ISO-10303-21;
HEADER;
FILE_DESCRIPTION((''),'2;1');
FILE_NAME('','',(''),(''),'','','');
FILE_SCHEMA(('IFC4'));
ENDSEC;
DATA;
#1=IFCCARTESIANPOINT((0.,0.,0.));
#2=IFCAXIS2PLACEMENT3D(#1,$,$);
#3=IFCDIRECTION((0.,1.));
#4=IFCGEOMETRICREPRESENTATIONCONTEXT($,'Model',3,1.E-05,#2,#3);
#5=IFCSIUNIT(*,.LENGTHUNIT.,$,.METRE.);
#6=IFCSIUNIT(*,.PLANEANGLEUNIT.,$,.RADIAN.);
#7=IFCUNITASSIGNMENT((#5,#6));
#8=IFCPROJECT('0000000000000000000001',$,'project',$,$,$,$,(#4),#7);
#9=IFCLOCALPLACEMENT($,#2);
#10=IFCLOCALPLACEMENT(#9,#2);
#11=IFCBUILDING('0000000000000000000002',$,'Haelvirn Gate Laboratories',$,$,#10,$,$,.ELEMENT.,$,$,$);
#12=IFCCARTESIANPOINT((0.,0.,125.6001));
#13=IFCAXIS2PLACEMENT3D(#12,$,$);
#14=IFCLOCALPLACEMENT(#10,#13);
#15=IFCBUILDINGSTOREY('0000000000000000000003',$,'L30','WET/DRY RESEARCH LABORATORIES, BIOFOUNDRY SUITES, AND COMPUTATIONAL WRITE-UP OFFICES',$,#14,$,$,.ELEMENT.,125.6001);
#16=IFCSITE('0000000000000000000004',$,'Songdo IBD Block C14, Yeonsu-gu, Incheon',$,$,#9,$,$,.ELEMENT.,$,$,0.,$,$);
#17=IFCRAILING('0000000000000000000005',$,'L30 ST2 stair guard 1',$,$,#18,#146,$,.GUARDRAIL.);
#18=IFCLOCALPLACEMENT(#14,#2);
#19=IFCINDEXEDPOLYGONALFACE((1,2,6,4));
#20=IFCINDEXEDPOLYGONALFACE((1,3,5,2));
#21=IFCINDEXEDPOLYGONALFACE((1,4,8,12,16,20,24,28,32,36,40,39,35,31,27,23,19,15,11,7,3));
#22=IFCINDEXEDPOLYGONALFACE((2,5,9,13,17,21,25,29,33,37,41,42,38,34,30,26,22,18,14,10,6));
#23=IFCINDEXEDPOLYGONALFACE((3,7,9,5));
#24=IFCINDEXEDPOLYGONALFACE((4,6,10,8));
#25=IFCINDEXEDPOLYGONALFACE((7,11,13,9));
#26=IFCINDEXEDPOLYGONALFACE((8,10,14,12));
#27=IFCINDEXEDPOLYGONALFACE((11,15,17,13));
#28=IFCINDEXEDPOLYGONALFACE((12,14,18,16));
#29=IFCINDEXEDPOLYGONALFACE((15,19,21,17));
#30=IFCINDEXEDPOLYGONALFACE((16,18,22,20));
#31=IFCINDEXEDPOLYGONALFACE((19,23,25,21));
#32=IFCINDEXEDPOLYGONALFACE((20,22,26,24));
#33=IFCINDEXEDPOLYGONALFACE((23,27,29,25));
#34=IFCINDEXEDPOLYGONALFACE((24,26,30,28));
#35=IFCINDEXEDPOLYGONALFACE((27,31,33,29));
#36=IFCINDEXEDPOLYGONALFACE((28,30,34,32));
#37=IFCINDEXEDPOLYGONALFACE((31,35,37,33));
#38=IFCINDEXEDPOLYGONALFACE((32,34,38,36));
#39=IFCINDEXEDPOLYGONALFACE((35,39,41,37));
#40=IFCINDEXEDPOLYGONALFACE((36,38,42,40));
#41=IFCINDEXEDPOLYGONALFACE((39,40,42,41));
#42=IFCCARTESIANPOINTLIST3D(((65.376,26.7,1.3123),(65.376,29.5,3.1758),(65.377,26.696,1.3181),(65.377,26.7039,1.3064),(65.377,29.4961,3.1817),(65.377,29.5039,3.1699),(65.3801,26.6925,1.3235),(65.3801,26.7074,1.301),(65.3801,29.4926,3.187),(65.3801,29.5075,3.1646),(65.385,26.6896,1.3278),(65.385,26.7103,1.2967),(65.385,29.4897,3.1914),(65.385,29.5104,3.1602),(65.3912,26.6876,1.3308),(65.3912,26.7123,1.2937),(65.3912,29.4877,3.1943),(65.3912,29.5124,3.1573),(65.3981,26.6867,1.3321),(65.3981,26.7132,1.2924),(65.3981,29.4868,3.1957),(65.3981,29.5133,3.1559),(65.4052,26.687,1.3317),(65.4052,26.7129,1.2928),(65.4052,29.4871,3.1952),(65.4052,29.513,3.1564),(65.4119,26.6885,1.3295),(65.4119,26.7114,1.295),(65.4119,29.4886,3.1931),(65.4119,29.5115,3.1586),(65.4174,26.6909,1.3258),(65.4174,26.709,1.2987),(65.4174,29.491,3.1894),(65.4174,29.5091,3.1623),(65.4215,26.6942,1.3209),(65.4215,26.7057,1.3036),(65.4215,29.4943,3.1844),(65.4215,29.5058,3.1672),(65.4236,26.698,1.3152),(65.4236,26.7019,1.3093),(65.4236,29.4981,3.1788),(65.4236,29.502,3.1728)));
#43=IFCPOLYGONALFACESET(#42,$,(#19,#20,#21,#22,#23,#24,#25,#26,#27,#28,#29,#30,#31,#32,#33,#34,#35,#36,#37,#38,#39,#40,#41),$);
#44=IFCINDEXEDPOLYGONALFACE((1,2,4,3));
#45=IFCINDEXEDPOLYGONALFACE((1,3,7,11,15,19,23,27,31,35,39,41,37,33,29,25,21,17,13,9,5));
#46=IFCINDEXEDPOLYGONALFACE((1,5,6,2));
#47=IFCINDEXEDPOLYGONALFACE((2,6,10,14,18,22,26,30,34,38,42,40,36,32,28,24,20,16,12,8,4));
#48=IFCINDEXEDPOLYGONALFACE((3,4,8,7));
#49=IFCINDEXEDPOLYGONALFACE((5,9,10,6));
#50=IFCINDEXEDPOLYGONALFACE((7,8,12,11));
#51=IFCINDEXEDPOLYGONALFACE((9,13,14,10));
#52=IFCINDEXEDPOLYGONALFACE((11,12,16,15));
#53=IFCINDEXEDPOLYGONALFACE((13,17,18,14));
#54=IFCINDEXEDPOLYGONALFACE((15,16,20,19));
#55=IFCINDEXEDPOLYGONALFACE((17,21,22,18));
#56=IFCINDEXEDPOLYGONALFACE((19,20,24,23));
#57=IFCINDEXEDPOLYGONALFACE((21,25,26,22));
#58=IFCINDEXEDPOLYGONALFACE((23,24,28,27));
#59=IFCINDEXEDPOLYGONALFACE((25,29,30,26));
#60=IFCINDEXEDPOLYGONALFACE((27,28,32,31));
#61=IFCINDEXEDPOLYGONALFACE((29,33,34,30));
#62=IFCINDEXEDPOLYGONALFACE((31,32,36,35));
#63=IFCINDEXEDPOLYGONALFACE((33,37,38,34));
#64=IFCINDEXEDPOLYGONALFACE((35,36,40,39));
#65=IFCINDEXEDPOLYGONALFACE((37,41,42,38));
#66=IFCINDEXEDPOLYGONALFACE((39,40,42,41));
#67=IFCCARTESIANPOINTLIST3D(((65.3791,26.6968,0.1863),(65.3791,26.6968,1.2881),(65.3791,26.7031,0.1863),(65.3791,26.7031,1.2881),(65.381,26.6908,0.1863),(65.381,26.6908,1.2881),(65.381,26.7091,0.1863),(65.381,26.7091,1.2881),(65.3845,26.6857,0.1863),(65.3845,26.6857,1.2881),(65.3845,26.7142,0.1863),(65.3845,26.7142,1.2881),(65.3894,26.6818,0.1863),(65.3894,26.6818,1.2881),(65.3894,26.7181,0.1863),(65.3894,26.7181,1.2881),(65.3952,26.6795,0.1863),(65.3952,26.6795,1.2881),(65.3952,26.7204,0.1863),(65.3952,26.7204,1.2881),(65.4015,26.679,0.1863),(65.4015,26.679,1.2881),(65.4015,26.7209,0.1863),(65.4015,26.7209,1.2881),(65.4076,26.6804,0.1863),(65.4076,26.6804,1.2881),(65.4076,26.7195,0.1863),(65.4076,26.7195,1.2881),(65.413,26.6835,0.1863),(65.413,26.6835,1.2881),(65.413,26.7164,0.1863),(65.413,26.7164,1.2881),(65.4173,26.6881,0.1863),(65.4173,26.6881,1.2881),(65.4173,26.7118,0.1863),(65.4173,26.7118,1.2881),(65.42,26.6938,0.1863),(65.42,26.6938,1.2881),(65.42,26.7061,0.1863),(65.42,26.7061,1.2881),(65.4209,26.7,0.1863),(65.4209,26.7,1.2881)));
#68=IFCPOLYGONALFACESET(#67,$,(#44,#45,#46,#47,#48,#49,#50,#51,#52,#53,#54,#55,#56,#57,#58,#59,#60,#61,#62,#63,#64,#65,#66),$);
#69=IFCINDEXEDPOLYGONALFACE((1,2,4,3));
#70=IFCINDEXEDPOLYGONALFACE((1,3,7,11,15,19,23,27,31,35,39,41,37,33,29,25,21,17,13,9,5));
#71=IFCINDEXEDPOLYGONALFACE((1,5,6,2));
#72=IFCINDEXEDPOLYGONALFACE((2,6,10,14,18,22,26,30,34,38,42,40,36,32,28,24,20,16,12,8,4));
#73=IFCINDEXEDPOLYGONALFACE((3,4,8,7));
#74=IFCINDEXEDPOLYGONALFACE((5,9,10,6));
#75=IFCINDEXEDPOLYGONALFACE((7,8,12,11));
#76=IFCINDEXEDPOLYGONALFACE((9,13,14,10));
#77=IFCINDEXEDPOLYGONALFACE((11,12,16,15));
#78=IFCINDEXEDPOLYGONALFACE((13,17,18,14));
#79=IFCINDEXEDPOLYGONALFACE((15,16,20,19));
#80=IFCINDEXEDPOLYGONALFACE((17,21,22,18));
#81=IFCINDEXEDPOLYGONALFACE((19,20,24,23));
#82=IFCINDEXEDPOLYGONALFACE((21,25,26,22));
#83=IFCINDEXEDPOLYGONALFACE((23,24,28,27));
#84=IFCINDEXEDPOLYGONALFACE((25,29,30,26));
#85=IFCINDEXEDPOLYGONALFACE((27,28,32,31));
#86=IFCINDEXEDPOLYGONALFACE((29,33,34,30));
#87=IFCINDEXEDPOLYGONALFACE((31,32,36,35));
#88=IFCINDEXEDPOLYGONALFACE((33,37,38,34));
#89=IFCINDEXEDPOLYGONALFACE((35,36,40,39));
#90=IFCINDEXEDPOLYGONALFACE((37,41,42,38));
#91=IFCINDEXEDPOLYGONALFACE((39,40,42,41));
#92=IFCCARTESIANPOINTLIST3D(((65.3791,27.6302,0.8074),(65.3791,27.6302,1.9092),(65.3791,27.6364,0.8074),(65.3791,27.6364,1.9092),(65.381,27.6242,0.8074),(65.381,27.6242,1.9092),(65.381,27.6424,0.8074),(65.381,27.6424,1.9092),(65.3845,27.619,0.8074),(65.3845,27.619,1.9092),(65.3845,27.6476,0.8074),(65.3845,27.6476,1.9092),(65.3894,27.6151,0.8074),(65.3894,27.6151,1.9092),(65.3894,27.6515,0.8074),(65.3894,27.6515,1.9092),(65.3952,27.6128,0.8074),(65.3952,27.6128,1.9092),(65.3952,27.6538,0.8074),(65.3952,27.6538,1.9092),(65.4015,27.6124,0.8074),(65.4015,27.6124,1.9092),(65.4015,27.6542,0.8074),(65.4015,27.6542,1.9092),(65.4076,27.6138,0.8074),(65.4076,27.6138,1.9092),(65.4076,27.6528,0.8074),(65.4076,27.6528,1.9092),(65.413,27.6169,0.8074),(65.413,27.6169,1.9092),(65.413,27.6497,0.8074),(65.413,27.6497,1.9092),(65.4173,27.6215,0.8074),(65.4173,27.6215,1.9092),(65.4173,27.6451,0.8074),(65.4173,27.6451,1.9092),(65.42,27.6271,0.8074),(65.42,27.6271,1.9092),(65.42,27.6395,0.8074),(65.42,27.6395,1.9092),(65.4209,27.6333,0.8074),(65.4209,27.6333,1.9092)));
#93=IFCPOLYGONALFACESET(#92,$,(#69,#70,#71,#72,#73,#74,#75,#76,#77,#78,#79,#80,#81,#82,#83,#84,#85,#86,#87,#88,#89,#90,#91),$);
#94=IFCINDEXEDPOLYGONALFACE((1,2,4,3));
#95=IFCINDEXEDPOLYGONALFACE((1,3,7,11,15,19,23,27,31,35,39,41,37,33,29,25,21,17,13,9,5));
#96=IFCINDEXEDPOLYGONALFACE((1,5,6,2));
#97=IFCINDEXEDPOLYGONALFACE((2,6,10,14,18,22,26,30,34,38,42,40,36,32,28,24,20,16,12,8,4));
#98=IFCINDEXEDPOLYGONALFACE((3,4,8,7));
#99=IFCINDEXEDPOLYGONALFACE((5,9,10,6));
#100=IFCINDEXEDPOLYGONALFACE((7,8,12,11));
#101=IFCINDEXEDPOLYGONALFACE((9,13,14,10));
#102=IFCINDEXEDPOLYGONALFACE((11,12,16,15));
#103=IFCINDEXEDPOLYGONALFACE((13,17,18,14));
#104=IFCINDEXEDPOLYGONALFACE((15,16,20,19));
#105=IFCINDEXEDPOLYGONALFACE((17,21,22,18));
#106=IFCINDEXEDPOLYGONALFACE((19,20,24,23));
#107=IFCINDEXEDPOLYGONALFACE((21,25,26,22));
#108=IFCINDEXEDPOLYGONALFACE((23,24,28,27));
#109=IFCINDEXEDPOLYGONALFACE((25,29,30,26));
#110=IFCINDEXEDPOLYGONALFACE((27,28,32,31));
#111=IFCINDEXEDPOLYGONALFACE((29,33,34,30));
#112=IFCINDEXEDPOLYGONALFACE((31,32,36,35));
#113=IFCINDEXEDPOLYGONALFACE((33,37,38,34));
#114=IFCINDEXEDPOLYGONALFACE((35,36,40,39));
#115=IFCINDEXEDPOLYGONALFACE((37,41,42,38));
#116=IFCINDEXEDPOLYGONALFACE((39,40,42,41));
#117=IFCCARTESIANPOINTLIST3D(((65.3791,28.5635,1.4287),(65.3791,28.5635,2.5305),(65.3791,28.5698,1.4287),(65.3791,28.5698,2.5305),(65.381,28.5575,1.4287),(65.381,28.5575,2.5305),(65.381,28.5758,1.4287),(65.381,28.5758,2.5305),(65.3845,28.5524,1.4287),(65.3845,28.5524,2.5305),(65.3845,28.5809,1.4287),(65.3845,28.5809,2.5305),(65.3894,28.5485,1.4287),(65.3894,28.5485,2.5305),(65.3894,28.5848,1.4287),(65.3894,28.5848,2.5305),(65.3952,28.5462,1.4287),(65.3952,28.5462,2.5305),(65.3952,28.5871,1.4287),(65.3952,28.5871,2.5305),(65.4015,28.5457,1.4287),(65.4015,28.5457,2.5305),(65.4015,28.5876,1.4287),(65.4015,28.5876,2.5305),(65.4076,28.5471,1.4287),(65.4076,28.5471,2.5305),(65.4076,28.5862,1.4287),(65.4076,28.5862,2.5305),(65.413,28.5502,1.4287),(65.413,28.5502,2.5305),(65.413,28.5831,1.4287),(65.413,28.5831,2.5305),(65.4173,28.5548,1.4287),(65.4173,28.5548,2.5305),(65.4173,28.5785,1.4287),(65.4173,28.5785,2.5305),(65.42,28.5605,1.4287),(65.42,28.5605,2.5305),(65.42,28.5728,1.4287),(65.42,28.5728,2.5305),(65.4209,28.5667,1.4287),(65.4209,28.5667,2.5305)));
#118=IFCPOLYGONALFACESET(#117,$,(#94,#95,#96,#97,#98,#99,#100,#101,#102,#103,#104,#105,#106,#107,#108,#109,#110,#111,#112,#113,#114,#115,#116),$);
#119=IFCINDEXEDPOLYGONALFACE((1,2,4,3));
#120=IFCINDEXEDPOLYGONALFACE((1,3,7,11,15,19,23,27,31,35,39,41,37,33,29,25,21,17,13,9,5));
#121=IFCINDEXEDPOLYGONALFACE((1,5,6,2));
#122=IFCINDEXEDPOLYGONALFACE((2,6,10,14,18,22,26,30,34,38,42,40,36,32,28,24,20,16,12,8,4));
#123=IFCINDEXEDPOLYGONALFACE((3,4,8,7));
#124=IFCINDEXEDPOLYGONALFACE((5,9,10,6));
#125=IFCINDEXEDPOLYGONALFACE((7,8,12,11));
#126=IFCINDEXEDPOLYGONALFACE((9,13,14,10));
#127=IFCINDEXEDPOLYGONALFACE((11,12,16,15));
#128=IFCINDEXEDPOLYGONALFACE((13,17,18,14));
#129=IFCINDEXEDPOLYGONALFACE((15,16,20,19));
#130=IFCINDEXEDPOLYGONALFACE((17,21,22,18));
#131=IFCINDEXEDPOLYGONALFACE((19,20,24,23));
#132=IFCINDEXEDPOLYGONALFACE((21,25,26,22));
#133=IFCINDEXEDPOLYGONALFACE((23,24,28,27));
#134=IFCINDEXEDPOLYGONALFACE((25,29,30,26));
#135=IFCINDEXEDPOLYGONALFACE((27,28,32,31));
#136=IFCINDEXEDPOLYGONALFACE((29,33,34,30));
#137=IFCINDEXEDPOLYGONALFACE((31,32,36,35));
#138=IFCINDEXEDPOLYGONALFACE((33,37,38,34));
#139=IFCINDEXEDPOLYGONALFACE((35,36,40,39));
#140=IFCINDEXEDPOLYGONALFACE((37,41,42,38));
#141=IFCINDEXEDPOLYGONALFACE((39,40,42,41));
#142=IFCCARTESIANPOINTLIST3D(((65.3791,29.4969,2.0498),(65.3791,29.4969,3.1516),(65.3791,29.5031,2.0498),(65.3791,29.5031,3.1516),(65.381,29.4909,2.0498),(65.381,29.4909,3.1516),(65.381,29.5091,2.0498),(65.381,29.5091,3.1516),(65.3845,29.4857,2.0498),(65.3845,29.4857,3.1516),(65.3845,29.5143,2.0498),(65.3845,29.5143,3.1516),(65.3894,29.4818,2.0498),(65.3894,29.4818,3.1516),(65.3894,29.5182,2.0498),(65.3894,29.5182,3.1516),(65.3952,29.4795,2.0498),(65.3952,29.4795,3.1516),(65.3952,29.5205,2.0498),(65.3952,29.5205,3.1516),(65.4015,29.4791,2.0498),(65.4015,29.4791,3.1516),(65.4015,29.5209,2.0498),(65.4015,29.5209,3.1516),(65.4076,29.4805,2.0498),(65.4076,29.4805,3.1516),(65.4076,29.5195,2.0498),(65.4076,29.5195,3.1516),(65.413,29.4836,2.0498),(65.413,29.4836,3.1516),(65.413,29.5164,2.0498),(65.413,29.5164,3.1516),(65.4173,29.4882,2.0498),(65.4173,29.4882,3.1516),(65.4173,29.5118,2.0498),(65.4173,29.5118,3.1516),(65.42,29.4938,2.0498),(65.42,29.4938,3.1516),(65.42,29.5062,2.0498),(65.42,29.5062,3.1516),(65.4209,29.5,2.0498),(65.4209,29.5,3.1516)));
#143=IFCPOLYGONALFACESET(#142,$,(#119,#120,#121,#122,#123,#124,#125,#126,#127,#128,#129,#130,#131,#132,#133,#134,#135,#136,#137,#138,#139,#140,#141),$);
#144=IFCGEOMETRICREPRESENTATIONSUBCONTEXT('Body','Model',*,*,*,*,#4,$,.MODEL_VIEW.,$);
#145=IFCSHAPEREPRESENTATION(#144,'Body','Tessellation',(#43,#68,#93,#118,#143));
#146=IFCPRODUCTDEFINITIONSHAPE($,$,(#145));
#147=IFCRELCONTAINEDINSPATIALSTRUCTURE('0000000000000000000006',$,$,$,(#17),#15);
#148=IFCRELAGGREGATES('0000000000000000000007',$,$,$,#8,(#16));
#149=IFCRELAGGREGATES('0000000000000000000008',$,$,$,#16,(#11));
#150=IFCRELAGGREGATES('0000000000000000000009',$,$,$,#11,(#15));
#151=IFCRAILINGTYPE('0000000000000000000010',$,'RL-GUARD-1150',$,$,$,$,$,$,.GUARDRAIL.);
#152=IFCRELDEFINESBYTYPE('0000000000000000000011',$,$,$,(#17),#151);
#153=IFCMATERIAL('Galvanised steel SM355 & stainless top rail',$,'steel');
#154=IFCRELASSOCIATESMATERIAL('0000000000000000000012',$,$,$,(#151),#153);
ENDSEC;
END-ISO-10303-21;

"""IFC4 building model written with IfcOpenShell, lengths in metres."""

from ifc_helpers import new_model, si_unit, direction, frame, origin, origin_2d, place, context, subcontext, project, spatial, circle, extrude, source, transform, mapped, material, type_object, element, save


model = new_model("IFC4")

# Units and contexts
model_context = context("Model", 3, precision=1e-05, world=origin(), true_north=direction((0.0, 1.0)))
body_context = subcontext(model_context, "Body", "Model", "MODEL_VIEW")
ifc_project = project(units=[si_unit("LENGTHUNIT", "METRE"), si_unit("PLANEANGLEUNIT", "RADIAN")], contexts=[model_context])

# Site, building, storey
site_placement = place(None, origin())
site = spatial("IfcSite", under=ifc_project, at=site_placement, Name="Songdo IBD Block C14, Yeonsu-gu, Incheon", CompositionType="ELEMENT", RefElevation=0.0)
building_placement = place(site_placement, origin())
building = spatial("IfcBuilding", under=site, at=building_placement, Name="Haelvirn Gate Laboratories", CompositionType="ELEMENT")
storey_placement = place(building_placement, frame((0.0, 0.0, 125.6001)))
storey = spatial("IfcBuildingStorey", under=building, at=storey_placement, Name="L30", Description="WET/DRY RESEARCH LABORATORIES, BIOFOUNDRY SUITES, AND COMPUTATIONAL WRITE-UP OFFICES", CompositionType="ELEMENT", Elevation=125.6001)

# Railing
ifc_material_1 = material(Name="Galvanised steel SM355 & stainless top rail", Category="steel")
railing_type_1 = type_object("IfcRailingType", Name="RL-GUARD-1150", PredefinedType="GUARDRAIL", material=ifc_material_1)
shared_shape_1 = source(origin(), body_context, "Body", "SweptSolid", [
    extrude(circle(Radius=0.0239, at=origin_2d()), frame((0.0, 0.0, 1.126), z_axis=(0.0, 0.832486, 0.554047), x_axis=(-1.0, 0.0, 0.0)), (0.0, 0.0, 1.0), 3.3635),
    extrude(circle(Radius=0.021, at=origin_2d()), origin(), (0.0, 0.0, 1.0), 1.1018),
    extrude(circle(Radius=0.021, at=origin_2d()), frame((0.0, 0.9333, 0.6211)), (0.0, 0.0, 1.0), 1.1018),
    extrude(circle(Radius=0.021, at=origin_2d()), frame((0.0, 1.8667, 1.2424)), (0.0, 0.0, 1.0), 1.1018),
    extrude(circle(Radius=0.021, at=origin_2d()), frame((0.0, 2.8, 1.8635)), (0.0, 0.0, 1.0), 1.1018),
])
railing_1_placement = place(storey_placement, frame((65.3999, 26.7, 0.1863)))
element("IfcRailing", 1, at=railing_1_placement, inside=storey, type_object=railing_type_1, Name="L30 ST2 stair guard 1", PredefinedType="GUARDRAIL", context=body_context, shape_type="MappedRepresentation", body=[
    mapped(shared_shape_1, transform((0.0, 0.0, 0.0), scale=1.0)),
])

save(model, "model.ifc")
